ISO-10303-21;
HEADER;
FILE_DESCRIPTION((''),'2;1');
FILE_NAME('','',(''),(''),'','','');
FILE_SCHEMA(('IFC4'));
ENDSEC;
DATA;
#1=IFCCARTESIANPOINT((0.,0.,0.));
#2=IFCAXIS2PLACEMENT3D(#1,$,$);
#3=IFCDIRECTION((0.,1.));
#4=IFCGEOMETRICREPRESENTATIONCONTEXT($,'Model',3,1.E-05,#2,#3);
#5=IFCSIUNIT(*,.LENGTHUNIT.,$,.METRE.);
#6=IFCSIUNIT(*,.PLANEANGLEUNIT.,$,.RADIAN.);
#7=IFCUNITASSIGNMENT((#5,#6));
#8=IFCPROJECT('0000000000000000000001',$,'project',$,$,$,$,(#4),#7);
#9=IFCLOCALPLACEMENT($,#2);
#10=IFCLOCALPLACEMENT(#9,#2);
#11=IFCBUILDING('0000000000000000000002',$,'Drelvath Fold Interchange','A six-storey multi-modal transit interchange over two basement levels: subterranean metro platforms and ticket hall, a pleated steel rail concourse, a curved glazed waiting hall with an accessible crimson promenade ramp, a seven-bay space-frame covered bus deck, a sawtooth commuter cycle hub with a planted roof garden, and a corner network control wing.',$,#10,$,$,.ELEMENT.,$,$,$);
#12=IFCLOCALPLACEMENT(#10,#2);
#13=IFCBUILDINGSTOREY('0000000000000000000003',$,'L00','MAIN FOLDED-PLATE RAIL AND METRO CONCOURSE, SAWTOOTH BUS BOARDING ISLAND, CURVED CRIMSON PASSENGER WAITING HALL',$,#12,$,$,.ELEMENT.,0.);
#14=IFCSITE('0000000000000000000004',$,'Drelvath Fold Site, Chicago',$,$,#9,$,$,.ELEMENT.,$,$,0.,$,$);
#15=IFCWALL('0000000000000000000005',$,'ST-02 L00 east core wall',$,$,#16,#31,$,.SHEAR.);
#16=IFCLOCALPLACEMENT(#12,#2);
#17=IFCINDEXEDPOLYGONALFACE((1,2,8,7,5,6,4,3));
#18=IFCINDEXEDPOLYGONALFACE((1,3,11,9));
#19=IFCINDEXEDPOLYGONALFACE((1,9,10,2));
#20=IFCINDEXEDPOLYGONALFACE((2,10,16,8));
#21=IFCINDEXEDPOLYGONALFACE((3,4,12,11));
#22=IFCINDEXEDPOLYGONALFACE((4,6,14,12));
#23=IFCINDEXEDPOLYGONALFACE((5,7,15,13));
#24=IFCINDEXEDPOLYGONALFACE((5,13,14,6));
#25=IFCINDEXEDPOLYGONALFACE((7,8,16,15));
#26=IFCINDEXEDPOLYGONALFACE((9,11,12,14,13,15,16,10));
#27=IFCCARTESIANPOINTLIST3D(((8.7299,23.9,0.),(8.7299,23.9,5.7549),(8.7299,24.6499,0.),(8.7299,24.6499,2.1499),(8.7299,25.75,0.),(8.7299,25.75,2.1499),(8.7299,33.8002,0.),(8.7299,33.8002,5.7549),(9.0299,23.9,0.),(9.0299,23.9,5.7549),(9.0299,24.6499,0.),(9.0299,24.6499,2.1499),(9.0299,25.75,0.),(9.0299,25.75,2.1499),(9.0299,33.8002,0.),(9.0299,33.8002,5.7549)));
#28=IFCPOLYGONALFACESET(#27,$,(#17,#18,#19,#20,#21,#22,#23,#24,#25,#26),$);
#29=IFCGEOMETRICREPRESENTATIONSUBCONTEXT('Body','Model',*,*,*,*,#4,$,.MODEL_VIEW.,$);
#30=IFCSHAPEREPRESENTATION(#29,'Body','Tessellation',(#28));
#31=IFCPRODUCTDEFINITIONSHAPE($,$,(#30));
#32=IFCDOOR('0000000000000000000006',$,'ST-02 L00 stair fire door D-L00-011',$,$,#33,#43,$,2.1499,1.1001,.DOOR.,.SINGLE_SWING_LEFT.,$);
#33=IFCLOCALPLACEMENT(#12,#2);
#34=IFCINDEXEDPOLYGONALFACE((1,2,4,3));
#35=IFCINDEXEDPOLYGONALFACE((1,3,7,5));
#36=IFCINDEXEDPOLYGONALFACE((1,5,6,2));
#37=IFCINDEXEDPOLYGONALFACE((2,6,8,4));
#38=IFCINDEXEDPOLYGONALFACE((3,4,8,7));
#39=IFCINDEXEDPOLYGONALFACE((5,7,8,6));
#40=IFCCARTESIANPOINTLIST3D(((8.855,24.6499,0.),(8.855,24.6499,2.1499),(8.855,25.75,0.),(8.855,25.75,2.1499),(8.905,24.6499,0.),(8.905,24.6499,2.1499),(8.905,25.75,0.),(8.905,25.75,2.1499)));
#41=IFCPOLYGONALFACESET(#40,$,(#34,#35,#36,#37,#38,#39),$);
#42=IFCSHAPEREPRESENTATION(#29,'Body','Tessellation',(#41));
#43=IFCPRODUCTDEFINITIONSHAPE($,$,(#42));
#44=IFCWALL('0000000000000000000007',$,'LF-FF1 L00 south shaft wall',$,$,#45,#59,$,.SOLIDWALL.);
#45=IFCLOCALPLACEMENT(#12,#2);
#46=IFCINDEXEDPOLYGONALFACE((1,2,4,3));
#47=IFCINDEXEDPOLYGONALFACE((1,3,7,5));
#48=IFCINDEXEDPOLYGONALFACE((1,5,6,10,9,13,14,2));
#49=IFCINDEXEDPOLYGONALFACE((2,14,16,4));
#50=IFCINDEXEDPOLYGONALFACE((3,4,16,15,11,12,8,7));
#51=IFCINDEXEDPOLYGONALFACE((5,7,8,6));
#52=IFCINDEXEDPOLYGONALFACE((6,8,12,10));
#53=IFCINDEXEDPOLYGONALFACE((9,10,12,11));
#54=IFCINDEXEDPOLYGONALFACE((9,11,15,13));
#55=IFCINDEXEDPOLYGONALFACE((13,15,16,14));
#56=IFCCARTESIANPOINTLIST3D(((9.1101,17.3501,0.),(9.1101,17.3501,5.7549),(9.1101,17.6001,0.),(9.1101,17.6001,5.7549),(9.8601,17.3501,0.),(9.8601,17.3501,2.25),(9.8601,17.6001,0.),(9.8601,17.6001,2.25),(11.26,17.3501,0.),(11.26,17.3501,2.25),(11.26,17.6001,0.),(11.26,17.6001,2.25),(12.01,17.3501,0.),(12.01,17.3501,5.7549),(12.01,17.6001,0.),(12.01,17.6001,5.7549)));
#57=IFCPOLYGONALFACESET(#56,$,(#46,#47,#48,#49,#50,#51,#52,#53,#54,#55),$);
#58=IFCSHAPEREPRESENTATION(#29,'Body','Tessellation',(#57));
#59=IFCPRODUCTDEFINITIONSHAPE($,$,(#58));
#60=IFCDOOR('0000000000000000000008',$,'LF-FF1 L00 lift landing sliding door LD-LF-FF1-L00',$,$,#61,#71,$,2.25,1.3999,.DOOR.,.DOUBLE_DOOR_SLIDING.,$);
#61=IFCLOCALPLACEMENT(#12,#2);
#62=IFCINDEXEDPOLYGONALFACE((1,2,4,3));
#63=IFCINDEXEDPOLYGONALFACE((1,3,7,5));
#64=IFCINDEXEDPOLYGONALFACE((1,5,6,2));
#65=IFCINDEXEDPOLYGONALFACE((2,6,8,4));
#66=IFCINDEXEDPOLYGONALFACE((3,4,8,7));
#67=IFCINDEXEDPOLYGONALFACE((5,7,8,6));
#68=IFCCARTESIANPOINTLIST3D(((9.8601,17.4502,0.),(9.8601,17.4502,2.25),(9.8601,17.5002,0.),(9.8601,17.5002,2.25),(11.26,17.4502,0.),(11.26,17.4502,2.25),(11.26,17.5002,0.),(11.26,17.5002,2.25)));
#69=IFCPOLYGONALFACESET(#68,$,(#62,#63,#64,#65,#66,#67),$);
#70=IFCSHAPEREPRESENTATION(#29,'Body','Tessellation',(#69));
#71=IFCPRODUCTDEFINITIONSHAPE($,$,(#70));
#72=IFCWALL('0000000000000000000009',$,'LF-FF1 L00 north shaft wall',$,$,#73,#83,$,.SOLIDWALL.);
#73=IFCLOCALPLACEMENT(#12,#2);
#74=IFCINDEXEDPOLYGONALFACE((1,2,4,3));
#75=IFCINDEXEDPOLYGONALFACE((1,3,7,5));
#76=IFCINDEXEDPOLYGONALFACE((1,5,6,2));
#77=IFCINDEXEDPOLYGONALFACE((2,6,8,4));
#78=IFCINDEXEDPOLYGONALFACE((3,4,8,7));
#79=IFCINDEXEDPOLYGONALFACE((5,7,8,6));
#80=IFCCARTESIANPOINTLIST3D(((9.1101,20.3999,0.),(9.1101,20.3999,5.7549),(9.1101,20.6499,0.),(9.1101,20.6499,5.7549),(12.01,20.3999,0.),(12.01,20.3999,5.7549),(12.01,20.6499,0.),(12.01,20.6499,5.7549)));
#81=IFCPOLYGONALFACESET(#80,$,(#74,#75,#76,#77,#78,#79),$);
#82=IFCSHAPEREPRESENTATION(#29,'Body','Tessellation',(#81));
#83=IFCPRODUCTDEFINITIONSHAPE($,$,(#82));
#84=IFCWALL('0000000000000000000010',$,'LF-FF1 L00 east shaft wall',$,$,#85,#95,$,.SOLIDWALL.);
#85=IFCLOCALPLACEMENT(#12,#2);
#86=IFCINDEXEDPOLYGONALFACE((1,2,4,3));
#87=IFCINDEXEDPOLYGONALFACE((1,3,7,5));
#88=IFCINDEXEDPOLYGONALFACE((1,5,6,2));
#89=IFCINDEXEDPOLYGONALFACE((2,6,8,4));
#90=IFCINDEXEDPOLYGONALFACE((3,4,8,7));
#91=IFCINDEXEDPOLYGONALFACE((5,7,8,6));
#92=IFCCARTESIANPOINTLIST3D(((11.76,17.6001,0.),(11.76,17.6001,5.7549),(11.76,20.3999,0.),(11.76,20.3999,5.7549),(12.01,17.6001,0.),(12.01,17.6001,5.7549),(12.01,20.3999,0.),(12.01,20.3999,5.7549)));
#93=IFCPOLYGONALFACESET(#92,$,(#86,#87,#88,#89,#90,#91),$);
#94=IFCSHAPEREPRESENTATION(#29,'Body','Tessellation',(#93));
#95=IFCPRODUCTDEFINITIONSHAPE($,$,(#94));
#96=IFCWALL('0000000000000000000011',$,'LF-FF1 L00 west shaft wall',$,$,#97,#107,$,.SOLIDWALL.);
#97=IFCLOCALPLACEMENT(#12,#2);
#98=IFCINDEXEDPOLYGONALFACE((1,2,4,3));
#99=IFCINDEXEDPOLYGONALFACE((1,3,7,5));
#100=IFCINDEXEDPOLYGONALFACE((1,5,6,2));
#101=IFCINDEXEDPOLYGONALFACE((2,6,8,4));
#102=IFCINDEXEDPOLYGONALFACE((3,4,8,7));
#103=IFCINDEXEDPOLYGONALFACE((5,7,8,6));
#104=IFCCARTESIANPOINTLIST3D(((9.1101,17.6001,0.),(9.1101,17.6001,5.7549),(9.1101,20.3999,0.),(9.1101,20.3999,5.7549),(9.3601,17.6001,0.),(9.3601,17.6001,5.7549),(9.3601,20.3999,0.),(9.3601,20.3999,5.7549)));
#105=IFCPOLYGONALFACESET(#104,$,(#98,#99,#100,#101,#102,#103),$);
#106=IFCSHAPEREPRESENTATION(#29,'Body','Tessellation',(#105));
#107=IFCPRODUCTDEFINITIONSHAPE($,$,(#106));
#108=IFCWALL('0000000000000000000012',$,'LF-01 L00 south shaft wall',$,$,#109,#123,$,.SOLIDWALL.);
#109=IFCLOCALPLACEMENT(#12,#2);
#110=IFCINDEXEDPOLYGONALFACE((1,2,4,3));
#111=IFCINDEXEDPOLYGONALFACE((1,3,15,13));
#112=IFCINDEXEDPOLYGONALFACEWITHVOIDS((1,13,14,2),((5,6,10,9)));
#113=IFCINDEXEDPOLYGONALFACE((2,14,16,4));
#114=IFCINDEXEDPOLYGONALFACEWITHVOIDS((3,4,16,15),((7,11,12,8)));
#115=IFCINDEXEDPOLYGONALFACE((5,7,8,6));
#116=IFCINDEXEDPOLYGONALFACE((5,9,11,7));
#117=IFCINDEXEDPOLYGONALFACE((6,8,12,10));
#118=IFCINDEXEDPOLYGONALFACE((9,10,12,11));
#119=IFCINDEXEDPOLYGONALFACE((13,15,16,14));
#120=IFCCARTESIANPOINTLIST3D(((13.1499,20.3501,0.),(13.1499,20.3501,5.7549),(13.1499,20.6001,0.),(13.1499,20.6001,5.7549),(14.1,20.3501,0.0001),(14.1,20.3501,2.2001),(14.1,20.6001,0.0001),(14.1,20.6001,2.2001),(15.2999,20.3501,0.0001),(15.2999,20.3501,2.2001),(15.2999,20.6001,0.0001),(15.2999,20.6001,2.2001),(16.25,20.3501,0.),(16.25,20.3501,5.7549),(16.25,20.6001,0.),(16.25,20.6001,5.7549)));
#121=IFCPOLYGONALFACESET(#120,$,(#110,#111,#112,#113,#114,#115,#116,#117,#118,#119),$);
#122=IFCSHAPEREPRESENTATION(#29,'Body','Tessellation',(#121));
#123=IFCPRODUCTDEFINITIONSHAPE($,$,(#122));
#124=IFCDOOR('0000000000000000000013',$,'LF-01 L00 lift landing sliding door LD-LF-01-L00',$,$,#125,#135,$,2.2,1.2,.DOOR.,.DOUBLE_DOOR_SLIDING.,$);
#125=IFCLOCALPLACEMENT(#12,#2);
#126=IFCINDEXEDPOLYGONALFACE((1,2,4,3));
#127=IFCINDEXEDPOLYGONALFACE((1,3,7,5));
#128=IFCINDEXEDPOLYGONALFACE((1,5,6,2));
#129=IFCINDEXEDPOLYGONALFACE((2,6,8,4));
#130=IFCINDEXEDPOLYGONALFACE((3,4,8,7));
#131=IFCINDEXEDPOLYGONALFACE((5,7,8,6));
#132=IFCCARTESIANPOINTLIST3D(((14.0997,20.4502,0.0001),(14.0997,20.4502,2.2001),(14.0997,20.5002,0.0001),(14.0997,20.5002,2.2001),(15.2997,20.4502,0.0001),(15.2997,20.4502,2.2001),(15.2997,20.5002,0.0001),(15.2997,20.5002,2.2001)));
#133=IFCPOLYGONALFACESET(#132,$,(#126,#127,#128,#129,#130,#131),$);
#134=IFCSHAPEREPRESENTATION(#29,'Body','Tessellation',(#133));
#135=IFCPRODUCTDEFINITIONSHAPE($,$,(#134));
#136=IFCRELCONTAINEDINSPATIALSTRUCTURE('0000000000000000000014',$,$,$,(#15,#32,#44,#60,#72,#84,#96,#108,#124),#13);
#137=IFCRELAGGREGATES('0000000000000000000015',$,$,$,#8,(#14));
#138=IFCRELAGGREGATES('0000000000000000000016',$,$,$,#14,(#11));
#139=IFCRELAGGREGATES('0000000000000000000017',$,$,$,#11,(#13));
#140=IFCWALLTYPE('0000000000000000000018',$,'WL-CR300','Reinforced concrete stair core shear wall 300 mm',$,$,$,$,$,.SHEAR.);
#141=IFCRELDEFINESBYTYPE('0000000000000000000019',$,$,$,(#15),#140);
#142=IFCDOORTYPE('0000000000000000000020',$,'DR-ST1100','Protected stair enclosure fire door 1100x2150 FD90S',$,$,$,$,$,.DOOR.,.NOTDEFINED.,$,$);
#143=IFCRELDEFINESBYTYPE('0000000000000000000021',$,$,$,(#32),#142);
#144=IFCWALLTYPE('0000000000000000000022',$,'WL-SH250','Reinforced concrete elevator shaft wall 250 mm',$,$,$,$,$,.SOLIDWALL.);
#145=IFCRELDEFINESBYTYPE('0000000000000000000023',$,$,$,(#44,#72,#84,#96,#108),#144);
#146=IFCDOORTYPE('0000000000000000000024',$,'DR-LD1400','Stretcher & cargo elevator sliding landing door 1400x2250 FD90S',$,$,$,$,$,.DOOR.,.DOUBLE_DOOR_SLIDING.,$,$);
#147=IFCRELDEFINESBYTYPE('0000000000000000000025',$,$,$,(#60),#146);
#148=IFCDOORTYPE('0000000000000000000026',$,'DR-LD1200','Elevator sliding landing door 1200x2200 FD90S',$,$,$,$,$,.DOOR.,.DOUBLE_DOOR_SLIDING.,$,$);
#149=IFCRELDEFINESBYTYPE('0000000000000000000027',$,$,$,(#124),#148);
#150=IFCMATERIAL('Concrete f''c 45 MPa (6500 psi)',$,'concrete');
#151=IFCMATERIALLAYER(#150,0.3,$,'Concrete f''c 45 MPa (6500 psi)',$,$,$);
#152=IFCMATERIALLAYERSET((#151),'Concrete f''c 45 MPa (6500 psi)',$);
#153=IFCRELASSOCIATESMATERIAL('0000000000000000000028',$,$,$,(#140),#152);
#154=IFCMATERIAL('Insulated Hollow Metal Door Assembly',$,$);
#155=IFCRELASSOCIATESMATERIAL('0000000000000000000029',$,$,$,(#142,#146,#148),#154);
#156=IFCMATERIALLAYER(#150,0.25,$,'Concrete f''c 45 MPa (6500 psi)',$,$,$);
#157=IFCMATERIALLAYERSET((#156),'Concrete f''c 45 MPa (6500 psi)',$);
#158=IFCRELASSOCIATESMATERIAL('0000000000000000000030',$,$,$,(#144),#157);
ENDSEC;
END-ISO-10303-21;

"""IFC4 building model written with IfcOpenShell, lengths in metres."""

from ifc_helpers import new_model, si_unit, direction, frame, frame_2d, origin, place, context, subcontext, project, spatial, rectangle, extrude, material, layer, layer_set, type_object, element, fill, save


model = new_model("IFC4")

# Units and contexts
model_context = context("Model", 3, precision=1e-05, world=origin(), true_north=direction((0.0, 1.0)))
body_context = subcontext(model_context, "Body", "Model", "MODEL_VIEW")
ifc_project = project(units=[si_unit("LENGTHUNIT", "METRE"), si_unit("PLANEANGLEUNIT", "RADIAN")], contexts=[model_context])

# Site, building, storey
site_placement = place(None, origin())
site = spatial("IfcSite", under=ifc_project, at=site_placement, Name="Drelvath Fold Site, Chicago", CompositionType="ELEMENT", RefElevation=0.0)
building_placement = place(site_placement, origin())
building = spatial("IfcBuilding", under=site, at=building_placement, Name="Drelvath Fold Interchange", Description="A six-storey multi-modal transit interchange over two basement levels: subterranean metro platforms and ticket hall, a pleated steel rail concourse, a curved glazed waiting hall with an accessible crimson promenade ramp, a seven-bay space-frame covered bus deck, a sawtooth commuter cycle hub with a planted roof garden, and a corner network control wing.", CompositionType="ELEMENT")
storey_placement = place(building_placement, origin())
storey = spatial("IfcBuildingStorey", under=building, at=storey_placement, Name="L00", Description="MAIN FOLDED-PLATE RAIL AND METRO CONCOURSE, SAWTOOTH BUS BOARDING ISLAND, CURVED CRIMSON PASSENGER WAITING HALL", CompositionType="ELEMENT", Elevation=0.0)

# Shared definitions
ifc_material_1 = material(Name="Concrete f'c 45 MPa (6500 psi)", Category="concrete")
ifc_layer_1 = layer(ifc_material_1, 0.3, Name="Concrete f'c 45 MPa (6500 psi)")
ifc_layer_set_1 = layer_set([ifc_layer_1], Name="Concrete f'c 45 MPa (6500 psi)")
wall_type_1 = type_object("IfcWallType", Name="WL-CR300", Description="Reinforced concrete stair core shear wall 300 mm", PredefinedType="SHEAR", material=ifc_layer_set_1)

# Walls, openings, doors
ifc_material_2 = material(Name="Insulated Hollow Metal Door Assembly")
wall_1_placement = place(storey_placement, frame((8.8799, 23.8999, 0.0), z_axis=(0.0, 0.0, 1.0), x_axis=(0.0, 1.0, 0.0)))
wall_1 = element("IfcWall", 1, at=wall_1_placement, inside=storey, type_object=wall_type_1, Name="ST-02 L00 east core wall", PredefinedType="SHEAR", context=body_context, shape_type="SweptSolid", body=[
    extrude(rectangle(XDim=9.9001, YDim=0.3, at=frame_2d((4.9502, 0.0))), origin(), (0.0, 0.0, 1.0), 5.7549),
])
opening_1_placement = place(wall_1_placement, frame((0.75, 0.0, 0.0)))
opening_1 = element("IfcOpeningElement", 2, at=opening_1_placement, cuts=wall_1, PredefinedType="OPENING", context=body_context, shape_type="SweptSolid", body=[
    extrude(rectangle(XDim=1.1001, YDim=2.1499, at=frame_2d((0.55, 1.075))), frame((0.0, 0.1599, 0.0), z_axis=(0.0, -1.0, 0.0), x_axis=(1.0, 0.0, 0.0)), (0.0, 0.0, 1.0), 0.3201),
])
door_type_1 = type_object("IfcDoorType", Name="DR-ST1100", Description="Protected stair enclosure fire door 1100x2150 FD90S", OperationType="NOTDEFINED", PredefinedType="DOOR", material=ifc_material_2)
door_1_placement = place(opening_1_placement, origin())
door_1 = element("IfcDoor", 3, at=door_1_placement, inside=storey, type_object=door_type_1, Name="ST-02 L00 stair fire door D-L00-011", OperationType="SINGLE_SWING_LEFT", OverallHeight=2.1499, OverallWidth=1.1001, PredefinedType="DOOR", context=body_context, shape_type="SweptSolid", body=[
    extrude(rectangle(XDim=1.1001, YDim=2.1499, at=frame_2d((0.55, 1.075))), frame((0.0, 0.0249, 0.0), z_axis=(0.0, -1.0, 0.0), x_axis=(1.0, 0.0, 0.0)), (0.0, 0.0, 1.0), 0.05),
])
fill(opening_1, door_1)
ifc_layer_2 = layer(ifc_material_1, 0.25, Name="Concrete f'c 45 MPa (6500 psi)")
ifc_layer_set_2 = layer_set([ifc_layer_2], Name="Concrete f'c 45 MPa (6500 psi)")
wall_type_2 = type_object("IfcWallType", Name="WL-SH250", Description="Reinforced concrete elevator shaft wall 250 mm", PredefinedType="SOLIDWALL", material=ifc_layer_set_2)
wall_2_placement = place(storey_placement, frame((9.1101, 17.4751, 0.0), z_axis=(0.0, 0.0, 1.0), x_axis=(1.0, 0.0, 0.0)))
wall_2 = element("IfcWall", 4, at=wall_2_placement, inside=storey, type_object=wall_type_2, Name="LF-FF1 L00 south shaft wall", PredefinedType="SOLIDWALL", context=body_context, shape_type="SweptSolid", body=[
    extrude(rectangle(XDim=2.8999, YDim=0.25, at=frame_2d((1.45, 0.0))), origin(), (0.0, 0.0, 1.0), 5.7549),
])
opening_2_placement = place(wall_2_placement, frame((0.75, 0.0, 0.0)))
opening_2 = element("IfcOpeningElement", 5, at=opening_2_placement, cuts=wall_2, PredefinedType="OPENING", context=body_context, shape_type="SweptSolid", body=[
    extrude(rectangle(XDim=1.3999, YDim=2.25, at=frame_2d((0.7, 1.125))), frame((0.0, 0.135, 0.0), z_axis=(0.0, -1.0, 0.0), x_axis=(1.0, 0.0, 0.0)), (0.0, 0.0, 1.0), 0.27),
])
door_type_2 = type_object("IfcDoorType", Name="DR-LD1400", Description="Stretcher & cargo elevator sliding landing door 1400x2250 FD90S", OperationType="DOUBLE_DOOR_SLIDING", PredefinedType="DOOR", material=ifc_material_2)
door_2_placement = place(opening_2_placement, frame((1.3999, 0.0, 0.0), z_axis=(0.0, 0.0, 1.0), x_axis=(-1.0, 0.0, 0.0)))
door_2 = element("IfcDoor", 6, at=door_2_placement, inside=storey, type_object=door_type_2, Name="LF-FF1 L00 lift landing sliding door LD-LF-FF1-L00", OperationType="DOUBLE_DOOR_SLIDING", OverallHeight=2.25, OverallWidth=1.3999, PredefinedType="DOOR", context=body_context, shape_type="SweptSolid", body=[
    extrude(rectangle(XDim=1.3999, YDim=2.25, at=frame_2d((0.7, 1.125))), frame((0.0, 0.0249, 0.0), z_axis=(0.0, -1.0, 0.0), x_axis=(1.0, 0.0, 0.0)), (0.0, 0.0, 1.0), 0.05),
])
fill(opening_2, door_2)

# Walls
wall_3_placement = place(storey_placement, frame((12.01, 20.5249, 0.0), z_axis=(0.0, 0.0, 1.0), x_axis=(-1.0, 0.0, 0.0)))
element("IfcWall", 7, at=wall_3_placement, inside=storey, type_object=wall_type_2, Name="LF-FF1 L00 north shaft wall", PredefinedType="SOLIDWALL", context=body_context, shape_type="SweptSolid", body=[
    extrude(rectangle(XDim=2.8999, YDim=0.25, at=frame_2d((1.45, 0.0))), origin(), (0.0, 0.0, 1.0), 5.7549),
])
for number, where, z_axis, x_axis, name in (
    (8, (11.885, 17.6001, 0.0), (0.0, 0.0, 1.0), (0.0, 1.0, 0.0), "LF-FF1 L00 east shaft wall"),
    (9, (9.2351, 20.3999, 0.0), (0.0, 0.0, 1.0), (0.0, -1.0, 0.0), "LF-FF1 L00 west shaft wall"),
):
    element("IfcWall", number, at=place(storey_placement, frame(where, z_axis=z_axis, x_axis=x_axis)), inside=storey, type_object=wall_type_2, Name=name, PredefinedType="SOLIDWALL", context=body_context, shape_type="SweptSolid", body=[
        extrude(rectangle(XDim=2.7998, YDim=0.25, at=frame_2d((1.3999, 0.0))), origin(), (0.0, 0.0, 1.0), 5.7549),
    ])

# Wall, opening, door
wall_4_placement = place(storey_placement, frame((13.1499, 20.4751, 0.0), z_axis=(0.0, 0.0, 1.0), x_axis=(1.0, 0.0, 0.0)))
wall_4 = element("IfcWall", 10, at=wall_4_placement, inside=storey, type_object=wall_type_2, Name="LF-01 L00 south shaft wall", PredefinedType="SOLIDWALL", context=body_context, shape_type="SweptSolid", body=[
    extrude(rectangle(XDim=3.1001, YDim=0.25, at=frame_2d((1.55, 0.0))), origin(), (0.0, 0.0, 1.0), 5.7549),
])
opening_3_placement = place(wall_4_placement, frame((0.95, 0.0, 0.0)))
opening_3 = element("IfcOpeningElement", 11, at=opening_3_placement, cuts=wall_4, PredefinedType="OPENING", context=body_context, shape_type="SweptSolid", body=[
    extrude(rectangle(XDim=1.2, YDim=2.2, at=frame_2d((0.6001, 1.1001))), frame((0.0, 0.135, 0.0), z_axis=(0.0, -1.0, 0.0), x_axis=(1.0, 0.0, 0.0)), (0.0, 0.0, 1.0), 0.27),
])
door_type_3 = type_object("IfcDoorType", Name="DR-LD1200", Description="Elevator sliding landing door 1200x2200 FD90S", OperationType="DOUBLE_DOOR_SLIDING", PredefinedType="DOOR", material=ifc_material_2)
door_3_placement = place(opening_3_placement, frame((1.2, 0.0, 0.0), z_axis=(0.0, 0.0, 1.0), x_axis=(-1.0, 0.0, 0.0)))
door_3 = element("IfcDoor", 12, at=door_3_placement, inside=storey, type_object=door_type_3, Name="LF-01 L00 lift landing sliding door LD-LF-01-L00", OperationType="DOUBLE_DOOR_SLIDING", OverallHeight=2.2, OverallWidth=1.2, PredefinedType="DOOR", context=body_context, shape_type="SweptSolid", body=[
    extrude(rectangle(XDim=1.2, YDim=2.2, at=frame_2d((0.6001, 1.1001))), frame((0.0, 0.0249, 0.0), z_axis=(0.0, -1.0, 0.0), x_axis=(1.0, 0.0, 0.0)), (0.0, 0.0, 1.0), 0.05),
])
fill(opening_3, door_3)

save(model, "model.ifc")
